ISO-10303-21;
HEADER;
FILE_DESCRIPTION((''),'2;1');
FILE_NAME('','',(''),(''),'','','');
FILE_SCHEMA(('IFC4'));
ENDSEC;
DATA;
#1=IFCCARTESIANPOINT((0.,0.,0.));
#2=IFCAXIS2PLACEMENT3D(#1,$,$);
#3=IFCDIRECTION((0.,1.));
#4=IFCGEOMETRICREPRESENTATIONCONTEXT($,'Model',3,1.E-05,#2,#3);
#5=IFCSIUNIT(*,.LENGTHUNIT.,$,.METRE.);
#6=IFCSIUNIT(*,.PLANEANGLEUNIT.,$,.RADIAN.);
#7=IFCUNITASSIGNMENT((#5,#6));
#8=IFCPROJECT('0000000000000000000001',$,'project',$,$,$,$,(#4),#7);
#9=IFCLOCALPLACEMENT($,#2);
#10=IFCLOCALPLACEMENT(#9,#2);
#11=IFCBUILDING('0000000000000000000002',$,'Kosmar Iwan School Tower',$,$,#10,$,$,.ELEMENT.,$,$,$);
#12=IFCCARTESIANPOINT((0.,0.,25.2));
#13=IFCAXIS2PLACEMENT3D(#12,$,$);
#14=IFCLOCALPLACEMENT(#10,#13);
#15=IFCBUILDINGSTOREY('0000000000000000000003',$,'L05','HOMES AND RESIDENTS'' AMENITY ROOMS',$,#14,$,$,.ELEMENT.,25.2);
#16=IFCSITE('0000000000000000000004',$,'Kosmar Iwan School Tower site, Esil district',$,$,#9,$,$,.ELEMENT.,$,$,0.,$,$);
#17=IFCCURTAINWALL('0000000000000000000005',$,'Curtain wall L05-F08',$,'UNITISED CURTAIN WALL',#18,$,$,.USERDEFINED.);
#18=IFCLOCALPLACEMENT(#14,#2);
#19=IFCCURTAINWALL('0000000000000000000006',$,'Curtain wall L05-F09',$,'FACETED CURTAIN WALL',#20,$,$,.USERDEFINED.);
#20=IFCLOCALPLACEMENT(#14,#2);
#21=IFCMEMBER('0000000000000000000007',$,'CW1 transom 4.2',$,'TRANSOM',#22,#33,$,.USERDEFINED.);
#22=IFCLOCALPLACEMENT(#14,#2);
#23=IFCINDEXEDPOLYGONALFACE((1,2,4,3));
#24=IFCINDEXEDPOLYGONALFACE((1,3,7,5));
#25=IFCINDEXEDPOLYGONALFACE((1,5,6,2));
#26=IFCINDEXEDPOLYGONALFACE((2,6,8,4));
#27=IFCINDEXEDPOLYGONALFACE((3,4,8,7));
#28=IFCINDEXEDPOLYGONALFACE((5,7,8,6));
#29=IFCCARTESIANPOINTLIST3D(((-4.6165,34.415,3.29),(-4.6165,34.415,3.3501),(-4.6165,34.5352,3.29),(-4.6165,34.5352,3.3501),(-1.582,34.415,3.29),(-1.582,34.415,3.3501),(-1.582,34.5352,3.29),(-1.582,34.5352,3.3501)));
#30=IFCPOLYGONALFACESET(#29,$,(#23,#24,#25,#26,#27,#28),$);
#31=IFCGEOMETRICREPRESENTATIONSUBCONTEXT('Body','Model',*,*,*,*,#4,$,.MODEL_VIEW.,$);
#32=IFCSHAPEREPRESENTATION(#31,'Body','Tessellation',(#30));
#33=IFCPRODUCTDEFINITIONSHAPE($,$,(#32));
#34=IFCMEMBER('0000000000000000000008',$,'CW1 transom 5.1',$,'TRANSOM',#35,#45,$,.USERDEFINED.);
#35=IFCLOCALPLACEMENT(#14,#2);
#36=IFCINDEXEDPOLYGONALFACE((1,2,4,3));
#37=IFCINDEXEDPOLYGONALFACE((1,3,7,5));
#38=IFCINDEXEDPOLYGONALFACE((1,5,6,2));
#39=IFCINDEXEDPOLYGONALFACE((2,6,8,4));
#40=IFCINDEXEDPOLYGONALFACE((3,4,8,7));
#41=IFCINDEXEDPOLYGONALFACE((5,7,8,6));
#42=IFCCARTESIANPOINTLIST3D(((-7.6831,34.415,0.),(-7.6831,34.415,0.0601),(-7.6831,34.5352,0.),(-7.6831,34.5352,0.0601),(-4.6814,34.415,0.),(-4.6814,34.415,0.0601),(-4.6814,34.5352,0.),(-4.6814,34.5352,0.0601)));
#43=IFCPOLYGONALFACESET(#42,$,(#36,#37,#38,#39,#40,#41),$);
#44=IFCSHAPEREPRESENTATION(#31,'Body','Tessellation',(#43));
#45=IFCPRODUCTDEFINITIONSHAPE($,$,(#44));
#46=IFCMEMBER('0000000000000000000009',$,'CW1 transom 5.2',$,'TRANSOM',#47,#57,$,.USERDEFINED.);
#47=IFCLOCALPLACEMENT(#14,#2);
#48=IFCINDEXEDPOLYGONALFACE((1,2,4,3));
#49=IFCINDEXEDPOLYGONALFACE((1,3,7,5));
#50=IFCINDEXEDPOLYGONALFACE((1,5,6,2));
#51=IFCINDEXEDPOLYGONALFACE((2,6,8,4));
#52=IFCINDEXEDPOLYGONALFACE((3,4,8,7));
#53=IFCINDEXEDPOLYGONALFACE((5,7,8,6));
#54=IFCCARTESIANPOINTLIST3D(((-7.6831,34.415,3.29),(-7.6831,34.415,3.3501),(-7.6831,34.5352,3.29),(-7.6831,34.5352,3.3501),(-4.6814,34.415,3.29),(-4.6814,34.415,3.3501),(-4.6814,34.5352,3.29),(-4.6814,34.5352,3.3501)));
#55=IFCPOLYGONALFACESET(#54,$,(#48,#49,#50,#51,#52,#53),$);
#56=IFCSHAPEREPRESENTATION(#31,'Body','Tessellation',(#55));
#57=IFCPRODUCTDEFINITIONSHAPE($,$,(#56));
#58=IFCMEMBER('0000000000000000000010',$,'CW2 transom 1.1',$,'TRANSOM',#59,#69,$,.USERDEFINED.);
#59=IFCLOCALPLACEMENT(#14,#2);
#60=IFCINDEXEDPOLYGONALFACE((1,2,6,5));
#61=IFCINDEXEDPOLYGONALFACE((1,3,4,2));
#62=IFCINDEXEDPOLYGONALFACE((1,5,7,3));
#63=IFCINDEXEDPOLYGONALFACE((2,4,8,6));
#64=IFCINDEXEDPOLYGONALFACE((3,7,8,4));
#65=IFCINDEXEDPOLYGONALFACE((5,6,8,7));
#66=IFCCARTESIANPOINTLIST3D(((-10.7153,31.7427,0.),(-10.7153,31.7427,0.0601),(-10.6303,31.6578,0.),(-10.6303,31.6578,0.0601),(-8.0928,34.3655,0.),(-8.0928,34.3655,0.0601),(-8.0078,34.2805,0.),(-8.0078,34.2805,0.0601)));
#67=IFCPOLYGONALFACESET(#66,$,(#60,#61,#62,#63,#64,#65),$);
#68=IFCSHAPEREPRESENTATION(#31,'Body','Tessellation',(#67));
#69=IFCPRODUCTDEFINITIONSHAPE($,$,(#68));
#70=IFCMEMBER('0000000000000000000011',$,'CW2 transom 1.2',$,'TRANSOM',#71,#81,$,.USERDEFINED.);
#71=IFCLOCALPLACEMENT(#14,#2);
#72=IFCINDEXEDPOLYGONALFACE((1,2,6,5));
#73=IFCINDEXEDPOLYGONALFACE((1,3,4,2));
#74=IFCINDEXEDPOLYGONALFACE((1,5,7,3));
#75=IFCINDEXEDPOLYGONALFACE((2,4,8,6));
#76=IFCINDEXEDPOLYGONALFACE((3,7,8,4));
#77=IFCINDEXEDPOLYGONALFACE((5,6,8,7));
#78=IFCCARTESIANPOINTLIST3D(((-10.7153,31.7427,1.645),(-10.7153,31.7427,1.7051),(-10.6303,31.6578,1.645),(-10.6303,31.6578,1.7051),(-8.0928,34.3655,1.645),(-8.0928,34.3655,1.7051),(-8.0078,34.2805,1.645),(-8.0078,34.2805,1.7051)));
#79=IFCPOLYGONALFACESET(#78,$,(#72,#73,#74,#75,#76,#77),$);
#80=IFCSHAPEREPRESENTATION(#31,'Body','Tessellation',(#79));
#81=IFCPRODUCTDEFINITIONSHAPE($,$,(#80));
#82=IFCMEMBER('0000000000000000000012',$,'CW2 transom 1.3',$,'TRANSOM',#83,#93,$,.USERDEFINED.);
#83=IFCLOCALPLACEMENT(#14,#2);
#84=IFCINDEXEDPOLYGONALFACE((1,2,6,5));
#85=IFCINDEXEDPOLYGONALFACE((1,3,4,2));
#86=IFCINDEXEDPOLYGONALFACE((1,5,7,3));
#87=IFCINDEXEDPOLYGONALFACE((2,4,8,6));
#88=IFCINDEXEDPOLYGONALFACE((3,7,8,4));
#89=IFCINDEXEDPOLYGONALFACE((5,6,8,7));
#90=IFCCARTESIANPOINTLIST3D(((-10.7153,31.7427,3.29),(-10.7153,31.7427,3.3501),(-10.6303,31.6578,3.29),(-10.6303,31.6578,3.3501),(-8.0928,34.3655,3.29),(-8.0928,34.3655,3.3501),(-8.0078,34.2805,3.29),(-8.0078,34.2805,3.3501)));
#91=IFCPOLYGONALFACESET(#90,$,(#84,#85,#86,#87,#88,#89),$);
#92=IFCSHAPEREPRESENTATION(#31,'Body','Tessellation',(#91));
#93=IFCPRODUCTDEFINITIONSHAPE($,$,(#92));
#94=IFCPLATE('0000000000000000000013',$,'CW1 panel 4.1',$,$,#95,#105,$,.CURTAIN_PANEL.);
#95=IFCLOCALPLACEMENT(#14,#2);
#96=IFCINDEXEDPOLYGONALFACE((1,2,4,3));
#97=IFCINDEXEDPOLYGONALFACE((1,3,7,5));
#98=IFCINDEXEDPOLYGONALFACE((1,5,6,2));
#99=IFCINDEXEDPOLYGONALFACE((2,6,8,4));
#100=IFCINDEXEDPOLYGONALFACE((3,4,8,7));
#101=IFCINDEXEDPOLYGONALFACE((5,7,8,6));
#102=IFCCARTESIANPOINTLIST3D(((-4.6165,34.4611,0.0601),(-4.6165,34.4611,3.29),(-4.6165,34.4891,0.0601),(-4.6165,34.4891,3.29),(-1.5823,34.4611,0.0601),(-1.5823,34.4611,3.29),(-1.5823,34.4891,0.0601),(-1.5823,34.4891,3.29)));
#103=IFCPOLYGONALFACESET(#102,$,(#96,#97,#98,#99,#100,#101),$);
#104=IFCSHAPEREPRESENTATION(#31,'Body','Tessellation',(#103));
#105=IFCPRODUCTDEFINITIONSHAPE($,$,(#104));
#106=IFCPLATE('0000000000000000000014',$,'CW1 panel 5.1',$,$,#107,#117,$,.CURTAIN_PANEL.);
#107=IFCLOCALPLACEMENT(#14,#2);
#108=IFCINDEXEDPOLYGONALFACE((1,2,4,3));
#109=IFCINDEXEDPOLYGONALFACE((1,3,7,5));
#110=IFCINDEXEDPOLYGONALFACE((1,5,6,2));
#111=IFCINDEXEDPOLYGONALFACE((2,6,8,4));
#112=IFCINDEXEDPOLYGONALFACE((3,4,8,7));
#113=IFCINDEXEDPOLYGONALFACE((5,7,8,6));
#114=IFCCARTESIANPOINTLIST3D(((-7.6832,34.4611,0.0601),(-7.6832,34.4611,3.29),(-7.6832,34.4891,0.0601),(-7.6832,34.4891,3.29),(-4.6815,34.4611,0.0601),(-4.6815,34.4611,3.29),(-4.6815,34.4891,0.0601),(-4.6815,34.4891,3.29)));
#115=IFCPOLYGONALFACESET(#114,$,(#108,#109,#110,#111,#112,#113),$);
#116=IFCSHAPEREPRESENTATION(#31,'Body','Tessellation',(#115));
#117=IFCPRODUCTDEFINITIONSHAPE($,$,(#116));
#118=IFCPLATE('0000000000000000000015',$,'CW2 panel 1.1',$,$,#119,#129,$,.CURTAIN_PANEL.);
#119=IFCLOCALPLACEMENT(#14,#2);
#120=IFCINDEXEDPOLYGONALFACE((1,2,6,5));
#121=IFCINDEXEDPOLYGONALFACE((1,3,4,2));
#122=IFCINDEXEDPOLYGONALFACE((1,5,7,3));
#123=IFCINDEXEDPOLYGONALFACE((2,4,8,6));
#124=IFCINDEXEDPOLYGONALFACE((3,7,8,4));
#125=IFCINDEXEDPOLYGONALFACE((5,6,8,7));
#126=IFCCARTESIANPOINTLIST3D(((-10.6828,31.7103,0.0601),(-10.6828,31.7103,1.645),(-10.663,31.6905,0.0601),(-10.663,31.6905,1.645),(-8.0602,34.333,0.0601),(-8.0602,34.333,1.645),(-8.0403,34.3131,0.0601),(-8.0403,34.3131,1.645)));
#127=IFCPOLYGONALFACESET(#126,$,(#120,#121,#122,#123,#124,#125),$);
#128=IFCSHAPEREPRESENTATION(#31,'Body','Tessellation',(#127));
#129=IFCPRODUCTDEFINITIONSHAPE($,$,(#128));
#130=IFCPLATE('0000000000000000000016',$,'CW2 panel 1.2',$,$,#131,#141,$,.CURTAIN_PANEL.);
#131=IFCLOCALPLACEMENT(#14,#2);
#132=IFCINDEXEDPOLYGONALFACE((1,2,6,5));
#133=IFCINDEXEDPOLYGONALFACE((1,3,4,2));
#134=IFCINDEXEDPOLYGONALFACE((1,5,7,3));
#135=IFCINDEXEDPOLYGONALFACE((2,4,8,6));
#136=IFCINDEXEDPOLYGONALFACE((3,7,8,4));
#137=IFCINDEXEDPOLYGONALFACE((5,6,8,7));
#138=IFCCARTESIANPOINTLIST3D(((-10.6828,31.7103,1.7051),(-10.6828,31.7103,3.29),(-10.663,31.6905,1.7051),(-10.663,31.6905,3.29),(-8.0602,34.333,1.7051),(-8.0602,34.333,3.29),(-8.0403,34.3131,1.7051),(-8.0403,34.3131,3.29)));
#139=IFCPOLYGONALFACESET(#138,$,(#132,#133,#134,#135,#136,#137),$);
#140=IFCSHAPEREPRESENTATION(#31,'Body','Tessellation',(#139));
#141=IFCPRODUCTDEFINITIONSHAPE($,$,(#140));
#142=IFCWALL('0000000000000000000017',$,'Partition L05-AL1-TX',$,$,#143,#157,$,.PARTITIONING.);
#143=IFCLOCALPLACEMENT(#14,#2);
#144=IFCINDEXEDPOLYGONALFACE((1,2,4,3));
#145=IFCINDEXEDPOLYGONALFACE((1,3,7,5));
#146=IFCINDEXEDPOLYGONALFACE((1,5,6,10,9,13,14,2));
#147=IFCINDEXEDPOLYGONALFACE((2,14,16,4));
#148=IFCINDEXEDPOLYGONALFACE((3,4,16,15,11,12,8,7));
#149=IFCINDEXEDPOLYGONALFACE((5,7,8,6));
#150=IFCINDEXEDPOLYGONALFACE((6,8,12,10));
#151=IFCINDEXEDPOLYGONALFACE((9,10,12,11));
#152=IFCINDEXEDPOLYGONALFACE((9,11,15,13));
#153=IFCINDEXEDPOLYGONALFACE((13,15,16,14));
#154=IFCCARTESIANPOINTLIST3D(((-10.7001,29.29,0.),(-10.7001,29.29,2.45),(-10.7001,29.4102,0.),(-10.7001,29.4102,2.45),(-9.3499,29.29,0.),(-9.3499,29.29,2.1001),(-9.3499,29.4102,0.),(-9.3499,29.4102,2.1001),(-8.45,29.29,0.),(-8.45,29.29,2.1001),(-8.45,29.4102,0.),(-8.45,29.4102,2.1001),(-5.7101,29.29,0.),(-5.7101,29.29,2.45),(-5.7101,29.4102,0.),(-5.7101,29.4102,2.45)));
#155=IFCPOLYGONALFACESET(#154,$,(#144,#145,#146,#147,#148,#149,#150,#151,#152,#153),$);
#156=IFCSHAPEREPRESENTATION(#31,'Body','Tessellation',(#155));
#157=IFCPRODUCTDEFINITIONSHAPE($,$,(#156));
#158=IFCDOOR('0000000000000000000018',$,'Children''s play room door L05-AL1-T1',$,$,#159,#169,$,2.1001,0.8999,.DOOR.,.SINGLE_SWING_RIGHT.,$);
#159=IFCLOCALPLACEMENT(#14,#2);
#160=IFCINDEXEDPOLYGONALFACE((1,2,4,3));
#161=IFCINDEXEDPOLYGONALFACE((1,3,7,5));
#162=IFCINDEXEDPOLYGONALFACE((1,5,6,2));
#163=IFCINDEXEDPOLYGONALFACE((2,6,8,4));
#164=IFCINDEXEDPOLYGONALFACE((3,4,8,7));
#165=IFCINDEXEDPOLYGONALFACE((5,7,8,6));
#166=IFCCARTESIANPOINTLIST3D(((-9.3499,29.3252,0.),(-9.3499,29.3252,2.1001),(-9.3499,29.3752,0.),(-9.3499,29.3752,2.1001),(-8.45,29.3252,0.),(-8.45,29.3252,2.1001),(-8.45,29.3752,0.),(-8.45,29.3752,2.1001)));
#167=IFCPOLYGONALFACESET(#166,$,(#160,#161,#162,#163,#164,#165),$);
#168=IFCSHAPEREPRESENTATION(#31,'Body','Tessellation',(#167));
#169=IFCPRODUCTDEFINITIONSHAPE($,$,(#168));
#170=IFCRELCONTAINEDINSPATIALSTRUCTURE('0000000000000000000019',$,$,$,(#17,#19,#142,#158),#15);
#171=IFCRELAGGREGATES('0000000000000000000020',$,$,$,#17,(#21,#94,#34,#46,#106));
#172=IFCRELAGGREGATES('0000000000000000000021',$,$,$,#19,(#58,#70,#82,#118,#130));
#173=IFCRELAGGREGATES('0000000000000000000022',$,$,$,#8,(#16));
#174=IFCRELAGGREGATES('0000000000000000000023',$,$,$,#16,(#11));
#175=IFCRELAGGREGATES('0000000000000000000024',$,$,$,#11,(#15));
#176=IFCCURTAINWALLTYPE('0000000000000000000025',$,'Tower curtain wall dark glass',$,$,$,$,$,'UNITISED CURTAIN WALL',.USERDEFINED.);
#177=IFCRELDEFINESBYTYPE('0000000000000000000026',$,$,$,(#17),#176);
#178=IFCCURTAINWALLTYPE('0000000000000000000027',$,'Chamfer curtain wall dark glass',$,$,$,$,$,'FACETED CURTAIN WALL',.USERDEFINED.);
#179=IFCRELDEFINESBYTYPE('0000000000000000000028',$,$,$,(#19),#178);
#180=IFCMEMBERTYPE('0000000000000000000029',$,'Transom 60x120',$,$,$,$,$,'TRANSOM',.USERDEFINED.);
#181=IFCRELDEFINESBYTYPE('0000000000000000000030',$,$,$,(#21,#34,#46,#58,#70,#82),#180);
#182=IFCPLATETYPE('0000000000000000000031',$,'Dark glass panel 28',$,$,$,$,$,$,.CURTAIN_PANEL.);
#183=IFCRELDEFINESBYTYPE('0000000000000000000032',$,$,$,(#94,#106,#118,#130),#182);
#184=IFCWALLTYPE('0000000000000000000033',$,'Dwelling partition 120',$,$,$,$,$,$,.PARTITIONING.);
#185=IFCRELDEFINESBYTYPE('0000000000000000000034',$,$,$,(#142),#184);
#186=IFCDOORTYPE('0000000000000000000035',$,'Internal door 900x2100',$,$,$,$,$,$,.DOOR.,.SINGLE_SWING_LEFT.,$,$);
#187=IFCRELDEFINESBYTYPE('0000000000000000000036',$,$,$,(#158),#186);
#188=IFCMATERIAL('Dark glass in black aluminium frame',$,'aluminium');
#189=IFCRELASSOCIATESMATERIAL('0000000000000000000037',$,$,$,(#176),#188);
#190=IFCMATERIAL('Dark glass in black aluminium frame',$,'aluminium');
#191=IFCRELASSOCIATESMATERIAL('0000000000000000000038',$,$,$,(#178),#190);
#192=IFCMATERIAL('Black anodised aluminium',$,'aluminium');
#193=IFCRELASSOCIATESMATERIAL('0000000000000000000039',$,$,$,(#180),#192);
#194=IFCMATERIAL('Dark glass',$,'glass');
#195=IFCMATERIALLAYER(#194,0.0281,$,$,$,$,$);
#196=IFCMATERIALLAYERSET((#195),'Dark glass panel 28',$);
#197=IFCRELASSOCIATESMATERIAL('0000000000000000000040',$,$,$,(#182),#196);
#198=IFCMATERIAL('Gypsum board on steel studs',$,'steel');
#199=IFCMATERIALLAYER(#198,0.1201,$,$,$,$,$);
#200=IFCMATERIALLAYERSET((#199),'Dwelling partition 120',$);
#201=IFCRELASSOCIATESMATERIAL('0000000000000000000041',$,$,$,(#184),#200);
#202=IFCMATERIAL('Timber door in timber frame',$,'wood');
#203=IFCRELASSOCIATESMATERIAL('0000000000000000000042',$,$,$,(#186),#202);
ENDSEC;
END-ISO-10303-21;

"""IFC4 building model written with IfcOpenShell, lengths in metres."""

from ifc_helpers import new_model, si_unit, direction, frame, frame_2d, origin, origin_2d, place, context, subcontext, project, spatial, rectangle, extrude, material, layer, layer_set, material_profile, profile_set, type_object, element, fill, aggregate, save


model = new_model("IFC4")

# Units and contexts
model_context = context("Model", 3, precision=1e-05, world=origin(), true_north=direction((0.0, 1.0)))
body_context = subcontext(model_context, "Body", "Model", "MODEL_VIEW")
ifc_project = project(units=[si_unit("LENGTHUNIT", "METRE"), si_unit("PLANEANGLEUNIT", "RADIAN")], contexts=[model_context])

# Site, building, storey
site_placement = place(None, origin())
site = spatial("IfcSite", under=ifc_project, at=site_placement, Name="Kosmar Iwan School Tower site, Esil district", CompositionType="ELEMENT", RefElevation=0.0)
building_placement = place(site_placement, origin())
building = spatial("IfcBuilding", under=site, at=building_placement, Name="Kosmar Iwan School Tower", CompositionType="ELEMENT")
storey_placement = place(building_placement, frame((0.0, 0.0, 25.2)))
storey = spatial("IfcBuildingStorey", under=building, at=storey_placement, Name="L05", Description="HOMES AND RESIDENTS' AMENITY ROOMS", CompositionType="ELEMENT", Elevation=25.2)

# Curtain walls
ifc_material_1 = material(Name="Dark glass in black aluminium frame", Category="aluminium")
curtain_wall_type_1 = type_object("IfcCurtainWallType", Name="Tower curtain wall dark glass", ElementType="UNITISED CURTAIN WALL", PredefinedType="USERDEFINED", material=ifc_material_1)
curtain_wall_1_placement = place(storey_placement, origin())
curtain_wall_1 = element("IfcCurtainWall", 1, at=curtain_wall_1_placement, inside=storey, type_object=curtain_wall_type_1, Name="Curtain wall L05-F08", ObjectType="UNITISED CURTAIN WALL", PredefinedType="USERDEFINED")
ifc_material_2 = material(Name="Dark glass in black aluminium frame", Category="aluminium")
curtain_wall_type_2 = type_object("IfcCurtainWallType", Name="Chamfer curtain wall dark glass", ElementType="FACETED CURTAIN WALL", PredefinedType="USERDEFINED", material=ifc_material_2)
curtain_wall_2_placement = place(storey_placement, origin())
curtain_wall_2 = element("IfcCurtainWall", 2, at=curtain_wall_2_placement, inside=storey, type_object=curtain_wall_type_2, Name="Curtain wall L05-F09", ObjectType="FACETED CURTAIN WALL", PredefinedType="USERDEFINED")

# Members
ifc_material_3 = material(Name="Black anodised aluminium", Category="aluminium")
ifc_material_profile_1 = material_profile(ifc_material_3, rectangle(XDim=0.1201, YDim=0.0601, at=origin_2d()), Name="TRANSOM 60x120")
ifc_profile_set_1 = profile_set([ifc_material_profile_1], Name="Black anodised aluminium")
member_type_1 = type_object("IfcMemberType", Name="Transom 60x120", ElementType="TRANSOM", PredefinedType="USERDEFINED", material=ifc_profile_set_1)
member_1_placement = place(storey_placement, frame((-1.582, 34.4751, 3.3201), z_axis=(-1.0, 0.0, 0.0), x_axis=(0.0, -1.0, 0.0)))
member_1 = element("IfcMember", 3, at=member_1_placement, type_object=member_type_1, Name="CW1 transom 4.2", ObjectType="TRANSOM", PredefinedType="USERDEFINED", context=body_context, shape_type="SweptSolid", body=[
    extrude(rectangle(XDim=0.1201, YDim=0.0601, at=origin_2d()), origin(), (0.0, 0.0, 1.0), 3.0344),
])
member_2_placement = place(storey_placement, frame((-4.6814, 34.4751, 0.03), z_axis=(-1.0, 0.0, 0.0), x_axis=(0.0, -1.0, 0.0)))
member_2 = element("IfcMember", 4, at=member_2_placement, type_object=member_type_1, Name="CW1 transom 5.1", ObjectType="TRANSOM", PredefinedType="USERDEFINED", context=body_context, shape_type="SweptSolid", body=[
    extrude(rectangle(XDim=0.1201, YDim=0.0601, at=origin_2d()), origin(), (0.0, 0.0, 1.0), 3.0017),
])
member_3_placement = place(storey_placement, frame((-4.6814, 34.4751, 3.3201), z_axis=(-1.0, 0.0, 0.0), x_axis=(0.0, -1.0, 0.0)))
member_3 = element("IfcMember", 5, at=member_3_placement, type_object=member_type_1, Name="CW1 transom 5.2", ObjectType="TRANSOM", PredefinedType="USERDEFINED", context=body_context, shape_type="SweptSolid", body=[
    extrude(rectangle(XDim=0.1201, YDim=0.0601, at=origin_2d()), origin(), (0.0, 0.0, 1.0), 3.0017),
])
member_4_placement = place(storey_placement, frame((-8.0503, 34.323, 0.03), z_axis=(-0.707074, -0.70714, 0.0), x_axis=(0.70714, -0.707074, 0.0)))
member_4 = element("IfcMember", 6, at=member_4_placement, type_object=member_type_1, Name="CW2 transom 1.1", ObjectType="TRANSOM", PredefinedType="USERDEFINED", context=body_context, shape_type="SweptSolid", body=[
    extrude(rectangle(XDim=0.1201, YDim=0.0601, at=origin_2d()), origin(), (0.0, 0.0, 1.0), 3.709),
])
member_5_placement = place(storey_placement, frame((-8.0503, 34.323, 1.675), z_axis=(-0.707074, -0.70714, 0.0), x_axis=(0.70714, -0.707074, 0.0)))
member_5 = element("IfcMember", 7, at=member_5_placement, type_object=member_type_1, Name="CW2 transom 1.2", ObjectType="TRANSOM", PredefinedType="USERDEFINED", context=body_context, shape_type="SweptSolid", body=[
    extrude(rectangle(XDim=0.1201, YDim=0.0601, at=origin_2d()), origin(), (0.0, 0.0, 1.0), 3.709),
])
member_6_placement = place(storey_placement, frame((-8.0503, 34.323, 3.3201), z_axis=(-0.707074, -0.70714, 0.0), x_axis=(0.70714, -0.707074, 0.0)))
member_6 = element("IfcMember", 8, at=member_6_placement, type_object=member_type_1, Name="CW2 transom 1.3", ObjectType="TRANSOM", PredefinedType="USERDEFINED", context=body_context, shape_type="SweptSolid", body=[
    extrude(rectangle(XDim=0.1201, YDim=0.0601, at=origin_2d()), origin(), (0.0, 0.0, 1.0), 3.709),
])

# Plates
ifc_material_4 = material(Name="Dark glass", Category="glass")
ifc_layer_1 = layer(ifc_material_4, 0.0281)
ifc_layer_set_1 = layer_set([ifc_layer_1], Name="Dark glass panel 28")
plate_type = type_object("IfcPlateType", Name="Dark glass panel 28", PredefinedType="CURTAIN_PANEL", material=ifc_layer_set_1)
plate_1_placement = place(storey_placement, frame((-3.0994, 34.4751, 0.0601), z_axis=(0.0, 0.0, 1.0), x_axis=(-1.0, 0.0, 0.0)))
plate_1 = element("IfcPlate", 9, at=plate_1_placement, type_object=plate_type, Name="CW1 panel 4.1", PredefinedType="CURTAIN_PANEL", context=body_context, shape_type="SweptSolid", body=[
    extrude(rectangle(XDim=3.0342, YDim=0.0281, at=origin_2d()), origin(), (0.0, 0.0, 1.0), 3.23),
])
plate_2_placement = place(storey_placement, frame((-6.1824, 34.4751, 0.0601), z_axis=(0.0, 0.0, 1.0), x_axis=(-1.0, 0.0, 0.0)))
plate_2 = element("IfcPlate", 10, at=plate_2_placement, type_object=plate_type, Name="CW1 panel 5.1", PredefinedType="CURTAIN_PANEL", context=body_context, shape_type="SweptSolid", body=[
    extrude(rectangle(XDim=3.0017, YDim=0.0281, at=origin_2d()), origin(), (0.0, 0.0, 1.0), 3.23),
])
aggregate(curtain_wall_1, [member_1, plate_1, member_2, member_3, plate_2])
plate_3_placement = place(storey_placement, frame((-9.3616, 33.0117, 0.0601), z_axis=(0.0, 0.0, 1.0), x_axis=(-0.707107, -0.707107, 0.0)))
plate_3 = element("IfcPlate", 11, at=plate_3_placement, type_object=plate_type, Name="CW2 panel 1.1", PredefinedType="CURTAIN_PANEL", context=body_context, shape_type="SweptSolid", body=[
    extrude(rectangle(XDim=3.709, YDim=0.0281, at=origin_2d()), origin(), (0.0, 0.0, 1.0), 1.585),
])
plate_4_placement = place(storey_placement, frame((-9.3616, 33.0117, 1.7051), z_axis=(0.0, 0.0, 1.0), x_axis=(-0.707107, -0.707107, 0.0)))
plate_4 = element("IfcPlate", 12, at=plate_4_placement, type_object=plate_type, Name="CW2 panel 1.2", PredefinedType="CURTAIN_PANEL", context=body_context, shape_type="SweptSolid", body=[
    extrude(rectangle(XDim=3.709, YDim=0.0281, at=origin_2d()), origin(), (0.0, 0.0, 1.0), 1.585),
])
aggregate(curtain_wall_2, [member_4, member_5, member_6, plate_3, plate_4])

# Wall, opening, door
ifc_material_5 = material(Name="Gypsum board on steel studs", Category="steel")
ifc_layer_2 = layer(ifc_material_5, 0.1201)
ifc_layer_set_2 = layer_set([ifc_layer_2], Name="Dwelling partition 120")
wall_type_1 = type_object("IfcWallType", Name="Dwelling partition 120", PredefinedType="PARTITIONING", material=ifc_layer_set_2)
wall_1_placement = place(storey_placement, frame((-5.71, 29.3501, 0.0), z_axis=(0.0, 0.0, 1.0), x_axis=(-1.0, 0.0, 0.0)))
wall_1 = element("IfcWall", 13, at=wall_1_placement, inside=storey, type_object=wall_type_1, Name="Partition L05-AL1-TX", PredefinedType="PARTITIONING", context=body_context, shape_type="SweptSolid", body=[
    extrude(rectangle(XDim=4.99, YDim=0.1201, at=frame_2d((2.4951, 0.0))), origin(), (0.0, 0.0, 1.0), 2.45),
])
opening_1_placement = place(wall_1_placement, frame((2.74, 0.0, 0.0)))
opening_1 = element("IfcOpeningElement", 14, at=opening_1_placement, cuts=wall_1, PredefinedType="OPENING", context=body_context, shape_type="SweptSolid", body=[
    extrude(rectangle(XDim=0.8999, YDim=2.1001, at=frame_2d((0.45, 1.05))), frame((0.0, 0.072, 0.0), z_axis=(0.0, -1.0, 0.0), x_axis=(1.0, 0.0, 0.0)), (0.0, 0.0, 1.0), 0.144),
])
ifc_material_6 = material(Name="Timber door in timber frame", Category="wood")
door_type_1 = type_object("IfcDoorType", Name="Internal door 900x2100", OperationType="SINGLE_SWING_LEFT", PredefinedType="DOOR", material=ifc_material_6)
door_1_placement = place(opening_1_placement, origin())
door_1 = element("IfcDoor", 15, at=door_1_placement, inside=storey, type_object=door_type_1, Name="Children's play room door L05-AL1-T1", OperationType="SINGLE_SWING_RIGHT", OverallHeight=2.1001, OverallWidth=0.8999, PredefinedType="DOOR", context=body_context, shape_type="SweptSolid", body=[
    extrude(rectangle(XDim=0.8999, YDim=2.1001, at=frame_2d((0.45, 1.05))), frame((0.0, 0.0249, 0.0), z_axis=(0.0, -1.0, 0.0), x_axis=(1.0, 0.0, 0.0)), (0.0, 0.0, 1.0), 0.05),
])
fill(opening_1, door_1)

save(model, "model.ifc")
